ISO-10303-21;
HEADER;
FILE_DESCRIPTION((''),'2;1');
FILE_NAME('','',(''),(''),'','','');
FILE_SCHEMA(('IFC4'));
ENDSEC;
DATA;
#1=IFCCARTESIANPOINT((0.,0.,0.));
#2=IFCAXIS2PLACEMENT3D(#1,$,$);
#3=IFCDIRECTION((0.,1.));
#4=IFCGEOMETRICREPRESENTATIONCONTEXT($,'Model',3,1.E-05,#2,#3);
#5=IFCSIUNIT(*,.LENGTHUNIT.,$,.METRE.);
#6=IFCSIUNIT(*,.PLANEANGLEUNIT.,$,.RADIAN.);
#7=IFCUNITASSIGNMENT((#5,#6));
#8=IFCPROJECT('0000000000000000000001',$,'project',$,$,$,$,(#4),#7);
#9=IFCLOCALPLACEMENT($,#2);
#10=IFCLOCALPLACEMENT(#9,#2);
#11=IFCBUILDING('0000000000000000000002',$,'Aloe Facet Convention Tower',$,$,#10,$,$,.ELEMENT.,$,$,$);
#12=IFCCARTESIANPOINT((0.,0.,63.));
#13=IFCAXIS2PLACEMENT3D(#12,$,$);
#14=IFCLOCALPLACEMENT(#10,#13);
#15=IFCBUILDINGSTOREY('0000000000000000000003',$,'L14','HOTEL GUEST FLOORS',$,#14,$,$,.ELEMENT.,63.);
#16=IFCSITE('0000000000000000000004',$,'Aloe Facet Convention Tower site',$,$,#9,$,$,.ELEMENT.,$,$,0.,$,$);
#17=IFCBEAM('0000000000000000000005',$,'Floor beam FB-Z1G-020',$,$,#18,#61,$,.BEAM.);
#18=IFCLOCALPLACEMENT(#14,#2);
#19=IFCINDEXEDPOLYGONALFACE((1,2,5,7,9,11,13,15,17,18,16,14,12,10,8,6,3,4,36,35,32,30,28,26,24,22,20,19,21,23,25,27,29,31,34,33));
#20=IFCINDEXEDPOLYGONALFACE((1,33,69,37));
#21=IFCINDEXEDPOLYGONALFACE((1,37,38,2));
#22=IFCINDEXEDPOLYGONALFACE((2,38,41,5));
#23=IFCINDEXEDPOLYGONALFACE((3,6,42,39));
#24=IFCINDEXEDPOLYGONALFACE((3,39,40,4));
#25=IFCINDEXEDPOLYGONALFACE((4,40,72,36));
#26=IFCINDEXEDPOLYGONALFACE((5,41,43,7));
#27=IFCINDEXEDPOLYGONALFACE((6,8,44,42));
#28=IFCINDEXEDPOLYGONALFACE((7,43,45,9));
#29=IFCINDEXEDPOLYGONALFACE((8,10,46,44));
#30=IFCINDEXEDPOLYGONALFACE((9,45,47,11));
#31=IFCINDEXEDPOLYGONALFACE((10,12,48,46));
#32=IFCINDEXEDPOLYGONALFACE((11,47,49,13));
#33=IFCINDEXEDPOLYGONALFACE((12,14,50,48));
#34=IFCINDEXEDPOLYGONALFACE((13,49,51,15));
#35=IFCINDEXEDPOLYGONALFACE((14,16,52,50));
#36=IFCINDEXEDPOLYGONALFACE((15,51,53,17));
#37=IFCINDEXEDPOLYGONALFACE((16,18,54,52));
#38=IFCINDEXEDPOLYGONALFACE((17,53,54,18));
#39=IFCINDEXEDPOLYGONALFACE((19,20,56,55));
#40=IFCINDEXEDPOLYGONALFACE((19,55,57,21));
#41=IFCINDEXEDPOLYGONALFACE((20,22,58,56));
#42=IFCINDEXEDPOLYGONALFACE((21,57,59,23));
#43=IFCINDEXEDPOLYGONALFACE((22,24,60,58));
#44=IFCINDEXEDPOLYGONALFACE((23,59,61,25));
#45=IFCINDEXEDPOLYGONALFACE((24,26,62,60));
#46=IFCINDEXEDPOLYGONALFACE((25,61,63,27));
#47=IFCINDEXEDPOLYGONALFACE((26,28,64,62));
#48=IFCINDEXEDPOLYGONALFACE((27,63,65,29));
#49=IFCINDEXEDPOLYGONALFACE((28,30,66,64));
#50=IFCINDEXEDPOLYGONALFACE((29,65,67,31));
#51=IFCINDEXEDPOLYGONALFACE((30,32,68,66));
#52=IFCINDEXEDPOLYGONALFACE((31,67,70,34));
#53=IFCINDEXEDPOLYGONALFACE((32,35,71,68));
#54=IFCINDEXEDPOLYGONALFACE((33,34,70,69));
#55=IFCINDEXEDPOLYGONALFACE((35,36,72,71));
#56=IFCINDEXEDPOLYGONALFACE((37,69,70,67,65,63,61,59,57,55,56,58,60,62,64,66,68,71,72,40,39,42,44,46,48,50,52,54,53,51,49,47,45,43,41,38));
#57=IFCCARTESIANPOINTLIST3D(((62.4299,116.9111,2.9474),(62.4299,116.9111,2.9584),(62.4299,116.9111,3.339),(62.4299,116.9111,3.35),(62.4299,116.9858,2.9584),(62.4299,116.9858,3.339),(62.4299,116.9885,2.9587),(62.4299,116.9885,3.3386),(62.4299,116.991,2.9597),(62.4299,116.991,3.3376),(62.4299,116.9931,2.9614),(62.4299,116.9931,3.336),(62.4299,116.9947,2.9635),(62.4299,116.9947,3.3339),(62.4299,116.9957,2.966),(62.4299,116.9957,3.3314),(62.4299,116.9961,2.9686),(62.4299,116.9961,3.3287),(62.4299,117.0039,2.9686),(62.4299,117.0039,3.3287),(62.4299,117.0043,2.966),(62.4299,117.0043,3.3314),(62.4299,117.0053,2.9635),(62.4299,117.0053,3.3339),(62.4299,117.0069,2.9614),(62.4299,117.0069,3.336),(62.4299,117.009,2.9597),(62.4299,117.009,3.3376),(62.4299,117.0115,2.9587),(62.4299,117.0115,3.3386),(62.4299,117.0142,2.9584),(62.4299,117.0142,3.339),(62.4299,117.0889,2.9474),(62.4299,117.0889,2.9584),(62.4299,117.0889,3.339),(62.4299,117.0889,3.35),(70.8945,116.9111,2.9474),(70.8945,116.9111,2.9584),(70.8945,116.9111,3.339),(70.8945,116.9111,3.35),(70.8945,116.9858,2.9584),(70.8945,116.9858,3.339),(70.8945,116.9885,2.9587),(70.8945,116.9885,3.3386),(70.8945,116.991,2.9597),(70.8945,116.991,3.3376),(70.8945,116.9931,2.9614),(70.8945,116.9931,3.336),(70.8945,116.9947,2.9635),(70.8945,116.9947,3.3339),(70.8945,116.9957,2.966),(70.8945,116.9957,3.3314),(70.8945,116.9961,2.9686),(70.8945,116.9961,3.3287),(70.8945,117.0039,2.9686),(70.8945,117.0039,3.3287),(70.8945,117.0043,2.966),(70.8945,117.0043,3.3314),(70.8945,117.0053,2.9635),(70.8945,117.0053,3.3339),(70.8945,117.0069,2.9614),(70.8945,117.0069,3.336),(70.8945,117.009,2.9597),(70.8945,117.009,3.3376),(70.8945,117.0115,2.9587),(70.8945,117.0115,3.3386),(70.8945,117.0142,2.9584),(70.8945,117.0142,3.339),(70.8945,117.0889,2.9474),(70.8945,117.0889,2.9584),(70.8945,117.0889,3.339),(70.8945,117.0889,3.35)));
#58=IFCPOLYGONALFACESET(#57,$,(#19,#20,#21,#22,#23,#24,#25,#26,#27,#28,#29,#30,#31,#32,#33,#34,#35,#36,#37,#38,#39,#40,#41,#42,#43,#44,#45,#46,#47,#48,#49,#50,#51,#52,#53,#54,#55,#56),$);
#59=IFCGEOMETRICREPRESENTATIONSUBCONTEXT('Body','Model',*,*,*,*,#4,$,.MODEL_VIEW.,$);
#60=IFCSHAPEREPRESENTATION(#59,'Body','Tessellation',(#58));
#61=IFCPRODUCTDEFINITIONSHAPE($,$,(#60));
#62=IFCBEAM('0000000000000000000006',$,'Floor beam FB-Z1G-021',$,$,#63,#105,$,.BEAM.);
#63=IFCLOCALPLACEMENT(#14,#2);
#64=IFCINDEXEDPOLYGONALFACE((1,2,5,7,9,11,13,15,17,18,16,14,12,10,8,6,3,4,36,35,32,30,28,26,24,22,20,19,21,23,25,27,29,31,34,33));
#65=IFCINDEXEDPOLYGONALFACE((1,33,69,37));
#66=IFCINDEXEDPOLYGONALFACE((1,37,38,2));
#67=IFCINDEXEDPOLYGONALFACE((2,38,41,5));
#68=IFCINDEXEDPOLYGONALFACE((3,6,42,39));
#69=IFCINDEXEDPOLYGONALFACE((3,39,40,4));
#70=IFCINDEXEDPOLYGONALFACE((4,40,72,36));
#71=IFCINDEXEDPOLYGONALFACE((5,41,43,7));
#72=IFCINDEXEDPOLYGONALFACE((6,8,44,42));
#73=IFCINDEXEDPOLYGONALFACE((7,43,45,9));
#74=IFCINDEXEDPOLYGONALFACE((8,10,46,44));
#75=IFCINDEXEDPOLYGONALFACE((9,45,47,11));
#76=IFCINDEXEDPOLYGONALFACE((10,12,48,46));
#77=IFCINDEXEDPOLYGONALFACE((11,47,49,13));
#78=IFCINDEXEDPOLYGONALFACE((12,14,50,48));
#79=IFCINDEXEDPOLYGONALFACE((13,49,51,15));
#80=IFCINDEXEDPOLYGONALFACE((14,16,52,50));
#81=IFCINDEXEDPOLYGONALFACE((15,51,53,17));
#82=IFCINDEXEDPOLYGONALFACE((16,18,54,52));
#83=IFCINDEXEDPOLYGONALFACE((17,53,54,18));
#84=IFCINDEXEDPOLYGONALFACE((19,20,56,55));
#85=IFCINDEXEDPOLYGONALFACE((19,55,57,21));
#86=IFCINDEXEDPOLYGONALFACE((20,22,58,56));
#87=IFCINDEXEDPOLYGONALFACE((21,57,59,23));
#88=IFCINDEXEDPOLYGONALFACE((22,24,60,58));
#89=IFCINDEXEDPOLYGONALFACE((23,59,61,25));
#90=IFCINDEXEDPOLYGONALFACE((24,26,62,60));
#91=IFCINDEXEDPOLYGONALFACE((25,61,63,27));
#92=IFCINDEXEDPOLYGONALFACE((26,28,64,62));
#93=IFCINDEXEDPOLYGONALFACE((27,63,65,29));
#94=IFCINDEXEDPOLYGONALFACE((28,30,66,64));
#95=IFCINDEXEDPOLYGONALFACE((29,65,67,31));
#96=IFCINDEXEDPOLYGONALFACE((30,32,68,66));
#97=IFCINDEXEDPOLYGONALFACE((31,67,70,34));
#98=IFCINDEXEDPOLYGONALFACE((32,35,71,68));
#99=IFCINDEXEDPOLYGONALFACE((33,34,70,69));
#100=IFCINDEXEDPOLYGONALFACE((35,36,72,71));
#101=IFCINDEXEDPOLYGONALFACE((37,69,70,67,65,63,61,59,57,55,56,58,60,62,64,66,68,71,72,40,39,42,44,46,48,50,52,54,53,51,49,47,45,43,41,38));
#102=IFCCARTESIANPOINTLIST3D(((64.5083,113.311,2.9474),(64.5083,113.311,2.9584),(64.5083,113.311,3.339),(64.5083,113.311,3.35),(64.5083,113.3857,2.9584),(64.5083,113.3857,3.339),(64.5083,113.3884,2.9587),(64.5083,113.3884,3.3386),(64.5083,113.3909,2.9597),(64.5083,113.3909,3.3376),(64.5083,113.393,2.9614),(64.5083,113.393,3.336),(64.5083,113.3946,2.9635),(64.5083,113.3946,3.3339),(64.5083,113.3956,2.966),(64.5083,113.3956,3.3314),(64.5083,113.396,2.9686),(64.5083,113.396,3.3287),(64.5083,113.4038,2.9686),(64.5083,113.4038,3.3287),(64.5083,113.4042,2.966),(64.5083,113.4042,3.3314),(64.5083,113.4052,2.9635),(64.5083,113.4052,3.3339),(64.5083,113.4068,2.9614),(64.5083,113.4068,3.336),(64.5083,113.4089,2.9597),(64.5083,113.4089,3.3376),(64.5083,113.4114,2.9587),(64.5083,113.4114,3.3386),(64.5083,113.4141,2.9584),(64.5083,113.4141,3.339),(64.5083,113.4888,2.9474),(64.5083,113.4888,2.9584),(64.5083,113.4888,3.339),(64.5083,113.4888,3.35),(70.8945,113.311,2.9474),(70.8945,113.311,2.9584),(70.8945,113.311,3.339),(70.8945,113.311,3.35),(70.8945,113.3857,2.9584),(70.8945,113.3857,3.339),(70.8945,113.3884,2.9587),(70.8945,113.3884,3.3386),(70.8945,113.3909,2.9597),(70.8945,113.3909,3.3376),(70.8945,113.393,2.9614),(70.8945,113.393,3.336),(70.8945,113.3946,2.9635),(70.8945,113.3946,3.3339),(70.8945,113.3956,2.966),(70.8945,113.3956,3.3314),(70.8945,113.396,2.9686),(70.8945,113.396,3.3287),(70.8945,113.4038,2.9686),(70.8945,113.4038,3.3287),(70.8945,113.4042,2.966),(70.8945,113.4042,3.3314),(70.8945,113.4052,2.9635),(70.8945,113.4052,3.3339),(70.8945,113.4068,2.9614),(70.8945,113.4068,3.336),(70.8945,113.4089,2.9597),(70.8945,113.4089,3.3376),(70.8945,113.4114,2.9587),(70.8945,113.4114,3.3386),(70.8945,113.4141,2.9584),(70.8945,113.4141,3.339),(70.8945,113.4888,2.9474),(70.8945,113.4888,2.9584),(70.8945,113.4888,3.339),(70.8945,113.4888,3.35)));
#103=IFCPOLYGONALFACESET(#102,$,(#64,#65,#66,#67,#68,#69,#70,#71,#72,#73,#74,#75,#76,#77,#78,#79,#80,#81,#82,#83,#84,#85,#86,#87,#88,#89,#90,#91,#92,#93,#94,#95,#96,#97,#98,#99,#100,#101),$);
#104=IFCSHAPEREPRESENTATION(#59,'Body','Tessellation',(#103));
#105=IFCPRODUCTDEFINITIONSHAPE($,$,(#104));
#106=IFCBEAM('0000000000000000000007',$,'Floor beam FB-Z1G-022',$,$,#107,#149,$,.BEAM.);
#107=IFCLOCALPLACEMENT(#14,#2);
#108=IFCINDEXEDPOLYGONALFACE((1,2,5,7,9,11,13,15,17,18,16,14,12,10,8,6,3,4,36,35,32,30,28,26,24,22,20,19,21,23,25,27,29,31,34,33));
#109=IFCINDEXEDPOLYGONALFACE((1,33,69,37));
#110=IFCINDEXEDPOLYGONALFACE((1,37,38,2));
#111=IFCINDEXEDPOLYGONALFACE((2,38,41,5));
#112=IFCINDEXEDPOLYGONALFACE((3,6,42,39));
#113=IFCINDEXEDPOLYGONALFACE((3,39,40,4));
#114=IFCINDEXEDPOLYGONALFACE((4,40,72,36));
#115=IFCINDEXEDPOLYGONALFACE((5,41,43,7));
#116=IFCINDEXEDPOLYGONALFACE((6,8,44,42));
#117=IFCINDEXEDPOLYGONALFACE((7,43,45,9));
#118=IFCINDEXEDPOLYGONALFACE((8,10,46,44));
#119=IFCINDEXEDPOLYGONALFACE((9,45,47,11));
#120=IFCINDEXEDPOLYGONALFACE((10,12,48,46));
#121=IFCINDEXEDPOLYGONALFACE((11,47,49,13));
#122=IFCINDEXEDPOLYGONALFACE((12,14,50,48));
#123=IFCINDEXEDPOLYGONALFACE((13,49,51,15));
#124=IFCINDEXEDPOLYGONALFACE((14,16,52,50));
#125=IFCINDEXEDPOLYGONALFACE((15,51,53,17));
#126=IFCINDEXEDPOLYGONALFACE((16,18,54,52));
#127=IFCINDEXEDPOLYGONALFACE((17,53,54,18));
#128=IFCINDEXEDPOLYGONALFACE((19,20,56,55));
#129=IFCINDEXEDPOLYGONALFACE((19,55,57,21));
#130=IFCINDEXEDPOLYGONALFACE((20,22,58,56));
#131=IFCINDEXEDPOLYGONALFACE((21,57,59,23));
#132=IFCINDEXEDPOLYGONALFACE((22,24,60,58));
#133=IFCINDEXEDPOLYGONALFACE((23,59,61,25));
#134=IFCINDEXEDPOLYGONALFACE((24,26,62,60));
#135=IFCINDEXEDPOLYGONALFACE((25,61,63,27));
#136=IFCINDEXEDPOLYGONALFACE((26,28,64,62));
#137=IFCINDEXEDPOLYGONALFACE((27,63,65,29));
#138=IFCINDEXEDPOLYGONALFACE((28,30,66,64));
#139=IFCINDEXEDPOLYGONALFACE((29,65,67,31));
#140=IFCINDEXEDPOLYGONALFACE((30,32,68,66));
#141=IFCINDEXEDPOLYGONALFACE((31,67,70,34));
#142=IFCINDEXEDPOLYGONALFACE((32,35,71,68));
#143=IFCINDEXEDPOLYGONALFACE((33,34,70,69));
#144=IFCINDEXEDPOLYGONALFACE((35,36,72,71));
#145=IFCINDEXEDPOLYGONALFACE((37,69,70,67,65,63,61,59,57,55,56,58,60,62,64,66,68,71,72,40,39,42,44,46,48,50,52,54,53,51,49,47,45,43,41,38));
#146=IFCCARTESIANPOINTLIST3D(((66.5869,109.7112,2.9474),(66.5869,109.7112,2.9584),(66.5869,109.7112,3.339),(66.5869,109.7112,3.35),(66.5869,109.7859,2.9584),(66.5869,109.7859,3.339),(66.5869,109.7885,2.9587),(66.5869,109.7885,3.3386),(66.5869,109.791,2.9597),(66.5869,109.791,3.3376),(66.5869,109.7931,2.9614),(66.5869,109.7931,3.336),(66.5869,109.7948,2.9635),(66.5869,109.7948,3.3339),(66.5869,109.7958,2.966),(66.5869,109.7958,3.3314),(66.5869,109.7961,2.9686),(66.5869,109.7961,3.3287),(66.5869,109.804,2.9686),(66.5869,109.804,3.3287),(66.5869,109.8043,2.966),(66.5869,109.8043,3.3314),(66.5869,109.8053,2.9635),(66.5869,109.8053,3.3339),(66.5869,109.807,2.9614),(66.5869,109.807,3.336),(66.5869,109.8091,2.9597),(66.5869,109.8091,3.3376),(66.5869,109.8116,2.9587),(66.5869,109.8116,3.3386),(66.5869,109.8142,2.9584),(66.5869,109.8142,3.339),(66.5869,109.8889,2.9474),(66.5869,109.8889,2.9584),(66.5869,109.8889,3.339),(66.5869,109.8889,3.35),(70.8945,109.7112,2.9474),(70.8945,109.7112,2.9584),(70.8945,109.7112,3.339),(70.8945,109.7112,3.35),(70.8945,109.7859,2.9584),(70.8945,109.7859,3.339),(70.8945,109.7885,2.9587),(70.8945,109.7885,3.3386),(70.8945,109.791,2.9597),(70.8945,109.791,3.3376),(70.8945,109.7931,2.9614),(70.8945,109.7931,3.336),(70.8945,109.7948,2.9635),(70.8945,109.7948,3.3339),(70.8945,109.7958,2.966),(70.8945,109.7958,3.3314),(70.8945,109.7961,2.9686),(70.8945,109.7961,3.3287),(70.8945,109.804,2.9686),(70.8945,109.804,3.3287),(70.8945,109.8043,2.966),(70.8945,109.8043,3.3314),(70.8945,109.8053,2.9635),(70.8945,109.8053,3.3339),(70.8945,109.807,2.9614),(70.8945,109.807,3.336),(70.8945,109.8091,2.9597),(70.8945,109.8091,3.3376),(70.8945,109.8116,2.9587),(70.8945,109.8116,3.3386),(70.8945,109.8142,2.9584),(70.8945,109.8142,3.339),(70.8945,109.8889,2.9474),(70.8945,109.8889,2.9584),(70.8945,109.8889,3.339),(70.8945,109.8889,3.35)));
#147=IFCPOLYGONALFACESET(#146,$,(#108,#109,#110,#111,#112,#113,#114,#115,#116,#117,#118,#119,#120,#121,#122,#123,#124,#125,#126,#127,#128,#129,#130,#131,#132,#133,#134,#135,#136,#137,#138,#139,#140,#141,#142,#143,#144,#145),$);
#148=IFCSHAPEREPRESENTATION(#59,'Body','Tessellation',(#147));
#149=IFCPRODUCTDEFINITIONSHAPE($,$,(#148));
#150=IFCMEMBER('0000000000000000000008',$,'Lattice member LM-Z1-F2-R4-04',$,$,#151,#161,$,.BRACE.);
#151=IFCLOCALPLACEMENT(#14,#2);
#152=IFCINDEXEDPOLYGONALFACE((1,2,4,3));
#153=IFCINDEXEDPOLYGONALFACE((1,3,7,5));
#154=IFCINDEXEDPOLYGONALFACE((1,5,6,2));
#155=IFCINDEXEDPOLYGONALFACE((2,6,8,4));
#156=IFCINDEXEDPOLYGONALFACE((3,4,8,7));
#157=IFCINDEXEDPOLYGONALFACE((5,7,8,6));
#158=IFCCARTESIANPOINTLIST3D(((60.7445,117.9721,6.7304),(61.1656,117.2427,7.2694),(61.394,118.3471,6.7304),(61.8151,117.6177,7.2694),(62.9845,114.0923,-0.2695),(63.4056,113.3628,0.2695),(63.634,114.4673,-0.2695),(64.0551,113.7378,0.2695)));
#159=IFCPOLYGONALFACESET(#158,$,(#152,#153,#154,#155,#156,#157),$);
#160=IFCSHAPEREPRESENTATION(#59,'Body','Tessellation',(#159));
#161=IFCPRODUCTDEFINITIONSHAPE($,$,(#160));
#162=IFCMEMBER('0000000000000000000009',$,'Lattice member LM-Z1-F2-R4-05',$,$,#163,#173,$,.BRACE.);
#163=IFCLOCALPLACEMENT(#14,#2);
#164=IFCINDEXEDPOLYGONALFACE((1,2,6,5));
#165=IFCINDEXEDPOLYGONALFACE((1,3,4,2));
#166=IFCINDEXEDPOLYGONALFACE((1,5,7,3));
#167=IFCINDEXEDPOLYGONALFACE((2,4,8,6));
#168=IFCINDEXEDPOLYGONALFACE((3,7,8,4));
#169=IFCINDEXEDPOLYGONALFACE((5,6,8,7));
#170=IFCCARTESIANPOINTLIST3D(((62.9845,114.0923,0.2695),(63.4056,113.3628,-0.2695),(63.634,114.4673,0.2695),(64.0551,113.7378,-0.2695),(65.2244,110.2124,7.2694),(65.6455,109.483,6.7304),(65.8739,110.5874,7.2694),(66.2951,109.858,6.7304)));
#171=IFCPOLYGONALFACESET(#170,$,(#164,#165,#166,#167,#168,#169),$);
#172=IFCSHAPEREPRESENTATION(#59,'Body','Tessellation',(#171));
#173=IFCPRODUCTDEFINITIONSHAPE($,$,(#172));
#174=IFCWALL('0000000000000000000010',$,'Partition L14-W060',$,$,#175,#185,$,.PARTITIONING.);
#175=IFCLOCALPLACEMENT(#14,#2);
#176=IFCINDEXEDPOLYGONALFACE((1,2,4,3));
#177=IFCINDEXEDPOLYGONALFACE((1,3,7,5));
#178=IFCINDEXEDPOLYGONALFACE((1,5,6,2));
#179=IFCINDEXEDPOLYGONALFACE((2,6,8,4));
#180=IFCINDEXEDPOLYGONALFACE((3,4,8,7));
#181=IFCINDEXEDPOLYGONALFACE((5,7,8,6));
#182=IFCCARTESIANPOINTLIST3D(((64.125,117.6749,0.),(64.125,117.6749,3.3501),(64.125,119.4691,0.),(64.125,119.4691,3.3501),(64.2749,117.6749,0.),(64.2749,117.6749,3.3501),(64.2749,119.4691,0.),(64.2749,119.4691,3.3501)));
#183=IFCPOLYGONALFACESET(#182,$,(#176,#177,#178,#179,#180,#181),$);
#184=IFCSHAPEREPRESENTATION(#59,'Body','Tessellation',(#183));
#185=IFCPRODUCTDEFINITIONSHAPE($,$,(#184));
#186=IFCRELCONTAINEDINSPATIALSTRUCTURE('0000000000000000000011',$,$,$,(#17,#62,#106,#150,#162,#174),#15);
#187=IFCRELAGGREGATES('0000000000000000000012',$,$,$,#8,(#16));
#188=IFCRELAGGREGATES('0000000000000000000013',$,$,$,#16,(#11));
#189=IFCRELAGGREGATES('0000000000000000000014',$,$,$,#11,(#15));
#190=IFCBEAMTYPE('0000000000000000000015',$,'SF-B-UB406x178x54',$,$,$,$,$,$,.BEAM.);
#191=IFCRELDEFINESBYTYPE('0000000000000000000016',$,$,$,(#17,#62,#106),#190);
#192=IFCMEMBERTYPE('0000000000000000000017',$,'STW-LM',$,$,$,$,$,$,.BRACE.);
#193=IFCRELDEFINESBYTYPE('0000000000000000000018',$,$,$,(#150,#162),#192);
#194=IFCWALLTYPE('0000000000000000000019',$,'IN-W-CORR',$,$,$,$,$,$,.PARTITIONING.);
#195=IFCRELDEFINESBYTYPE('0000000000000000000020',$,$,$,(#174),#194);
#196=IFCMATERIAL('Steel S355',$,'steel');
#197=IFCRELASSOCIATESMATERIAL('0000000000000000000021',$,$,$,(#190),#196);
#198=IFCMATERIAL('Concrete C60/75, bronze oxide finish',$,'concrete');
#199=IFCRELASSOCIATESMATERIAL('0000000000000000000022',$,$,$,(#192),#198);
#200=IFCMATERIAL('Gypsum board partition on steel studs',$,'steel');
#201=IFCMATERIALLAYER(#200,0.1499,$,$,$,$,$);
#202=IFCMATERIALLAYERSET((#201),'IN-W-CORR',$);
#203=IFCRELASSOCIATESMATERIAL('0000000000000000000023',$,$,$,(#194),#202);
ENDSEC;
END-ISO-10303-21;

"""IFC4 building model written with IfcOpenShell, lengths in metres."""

from ifc_helpers import new_model, si_unit, direction, frame, frame_2d, origin, origin_2d, place, context, subcontext, project, spatial, rectangle, i_section, extrude, material, layer, layer_set, material_profile, profile_set, type_object, element, save


model = new_model("IFC4")

# Units and contexts
model_context = context("Model", 3, precision=1e-05, world=origin(), true_north=direction((0.0, 1.0)))
body_context = subcontext(model_context, "Body", "Model", "MODEL_VIEW")
ifc_project = project(units=[si_unit("LENGTHUNIT", "METRE"), si_unit("PLANEANGLEUNIT", "RADIAN")], contexts=[model_context])

# Site, building, storey
site_placement = place(None, origin())
site = spatial("IfcSite", under=ifc_project, at=site_placement, Name="Aloe Facet Convention Tower site", CompositionType="ELEMENT", RefElevation=0.0)
building_placement = place(site_placement, origin())
building = spatial("IfcBuilding", under=site, at=building_placement, Name="Aloe Facet Convention Tower", CompositionType="ELEMENT")
storey_placement = place(building_placement, frame((0.0, 0.0, 63.0)))
storey = spatial("IfcBuildingStorey", under=building, at=storey_placement, Name="L14", Description="HOTEL GUEST FLOORS", CompositionType="ELEMENT", Elevation=63.0)

# Beams
ifc_material_1 = material(Name="Steel S355", Category="steel")
ifc_material_profile_1 = material_profile(ifc_material_1, i_section(OverallWidth=0.1777, OverallDepth=0.4026, WebThickness=0.0078, FlangeThickness=0.011, FilletRadius=0.0103, at=origin_2d()), Name="UB 406x178x54")
ifc_profile_set_1 = profile_set([ifc_material_profile_1], Name="Steel S355")
beam_type = type_object("IfcBeamType", Name="SF-B-UB406x178x54", PredefinedType="BEAM", material=ifc_profile_set_1)
beam_1_placement = place(storey_placement, frame((62.4299, 117.0, 3.1487), z_axis=(1.0, 0.0, 0.0), x_axis=(0.0, 1.0, 0.0)))
element("IfcBeam", 1, at=beam_1_placement, inside=storey, type_object=beam_type, Name="Floor beam FB-Z1G-020", PredefinedType="BEAM", context=body_context, shape_type="SweptSolid", body=[
    extrude(i_section(OverallWidth=0.1777, OverallDepth=0.4026, WebThickness=0.0078, FlangeThickness=0.011, FilletRadius=0.0103, at=origin_2d()), origin(), (0.0, 0.0, 1.0), 8.4646),
])
beam_2_placement = place(storey_placement, frame((64.5083, 113.3999, 3.1487), z_axis=(1.0, 0.0, 0.0), x_axis=(0.0, 1.0, 0.0)))
element("IfcBeam", 2, at=beam_2_placement, inside=storey, type_object=beam_type, Name="Floor beam FB-Z1G-021", PredefinedType="BEAM", context=body_context, shape_type="SweptSolid", body=[
    extrude(i_section(OverallWidth=0.1777, OverallDepth=0.4026, WebThickness=0.0078, FlangeThickness=0.011, FilletRadius=0.0103, at=origin_2d()), origin(), (0.0, 0.0, 1.0), 6.3862),
])
beam_3_placement = place(storey_placement, frame((66.5869, 109.8, 3.1487), z_axis=(1.0, 0.0, 0.0), x_axis=(0.0, 1.0, 0.0)))
element("IfcBeam", 3, at=beam_3_placement, inside=storey, type_object=beam_type, Name="Floor beam FB-Z1G-022", PredefinedType="BEAM", context=body_context, shape_type="SweptSolid", body=[
    extrude(i_section(OverallWidth=0.1777, OverallDepth=0.4026, WebThickness=0.0078, FlangeThickness=0.011, FilletRadius=0.0103, at=origin_2d()), origin(), (0.0, 0.0, 1.0), 4.3076),
])

# Members
ifc_material_2 = material(Name="Concrete C60/75, bronze oxide finish", Category="concrete")
ifc_material_profile_2 = material_profile(ifc_material_2, rectangle(XDim=0.75, YDim=1.0, at=origin_2d()), Name="STW-LM")
ifc_profile_set_2 = profile_set([ifc_material_profile_2], Name="Concrete C60/75, bronze oxide finish")
member_type = type_object("IfcMemberType", Name="STW-LM", PredefinedType="BRACE", material=ifc_profile_set_2)
for number, where, z_axis, x_axis, name in (
    (4, (63.5198, 113.915, 0.0), (-0.269524, 0.466843, 0.842267), (-0.866031, -0.49999, 0.0), "Lattice member LM-Z1-F2-R4-04"),
    (5, (63.5198, 113.915, 0.0), (0.269524, -0.466843, 0.842267), (0.866031, 0.49999, 0.0), "Lattice member LM-Z1-F2-R4-05"),
):
    element("IfcMember", number, at=place(storey_placement, frame(where, z_axis=z_axis, x_axis=x_axis)), inside=storey, type_object=member_type, Name=name, PredefinedType="BRACE", context=body_context, shape_type="SweptSolid", body=[
        extrude(rectangle(XDim=0.75, YDim=1.0, at=origin_2d()), origin(), (0.0, 0.0, 1.0), 8.3108),
    ])

# Wall
ifc_material_3 = material(Name="Gypsum board partition on steel studs", Category="steel")
ifc_layer_1 = layer(ifc_material_3, 0.1499)
ifc_layer_set_1 = layer_set([ifc_layer_1], Name="IN-W-CORR")
wall_type_1 = type_object("IfcWallType", Name="IN-W-CORR", PredefinedType="PARTITIONING", material=ifc_layer_set_1)
wall_1_placement = place(storey_placement, frame((64.2, 117.675, 0.0), z_axis=(0.0, 0.0, 1.0), x_axis=(0.0, 1.0, 0.0)))
element("IfcWall", 6, at=wall_1_placement, inside=storey, type_object=wall_type_1, Name="Partition L14-W060", PredefinedType="PARTITIONING", context=body_context, shape_type="SweptSolid", body=[
    extrude(rectangle(XDim=1.7942, YDim=0.1499, at=frame_2d((0.897, 0.0))), origin(), (0.0, 0.0, 1.0), 3.3501),
])

save(model, "model.ifc")
